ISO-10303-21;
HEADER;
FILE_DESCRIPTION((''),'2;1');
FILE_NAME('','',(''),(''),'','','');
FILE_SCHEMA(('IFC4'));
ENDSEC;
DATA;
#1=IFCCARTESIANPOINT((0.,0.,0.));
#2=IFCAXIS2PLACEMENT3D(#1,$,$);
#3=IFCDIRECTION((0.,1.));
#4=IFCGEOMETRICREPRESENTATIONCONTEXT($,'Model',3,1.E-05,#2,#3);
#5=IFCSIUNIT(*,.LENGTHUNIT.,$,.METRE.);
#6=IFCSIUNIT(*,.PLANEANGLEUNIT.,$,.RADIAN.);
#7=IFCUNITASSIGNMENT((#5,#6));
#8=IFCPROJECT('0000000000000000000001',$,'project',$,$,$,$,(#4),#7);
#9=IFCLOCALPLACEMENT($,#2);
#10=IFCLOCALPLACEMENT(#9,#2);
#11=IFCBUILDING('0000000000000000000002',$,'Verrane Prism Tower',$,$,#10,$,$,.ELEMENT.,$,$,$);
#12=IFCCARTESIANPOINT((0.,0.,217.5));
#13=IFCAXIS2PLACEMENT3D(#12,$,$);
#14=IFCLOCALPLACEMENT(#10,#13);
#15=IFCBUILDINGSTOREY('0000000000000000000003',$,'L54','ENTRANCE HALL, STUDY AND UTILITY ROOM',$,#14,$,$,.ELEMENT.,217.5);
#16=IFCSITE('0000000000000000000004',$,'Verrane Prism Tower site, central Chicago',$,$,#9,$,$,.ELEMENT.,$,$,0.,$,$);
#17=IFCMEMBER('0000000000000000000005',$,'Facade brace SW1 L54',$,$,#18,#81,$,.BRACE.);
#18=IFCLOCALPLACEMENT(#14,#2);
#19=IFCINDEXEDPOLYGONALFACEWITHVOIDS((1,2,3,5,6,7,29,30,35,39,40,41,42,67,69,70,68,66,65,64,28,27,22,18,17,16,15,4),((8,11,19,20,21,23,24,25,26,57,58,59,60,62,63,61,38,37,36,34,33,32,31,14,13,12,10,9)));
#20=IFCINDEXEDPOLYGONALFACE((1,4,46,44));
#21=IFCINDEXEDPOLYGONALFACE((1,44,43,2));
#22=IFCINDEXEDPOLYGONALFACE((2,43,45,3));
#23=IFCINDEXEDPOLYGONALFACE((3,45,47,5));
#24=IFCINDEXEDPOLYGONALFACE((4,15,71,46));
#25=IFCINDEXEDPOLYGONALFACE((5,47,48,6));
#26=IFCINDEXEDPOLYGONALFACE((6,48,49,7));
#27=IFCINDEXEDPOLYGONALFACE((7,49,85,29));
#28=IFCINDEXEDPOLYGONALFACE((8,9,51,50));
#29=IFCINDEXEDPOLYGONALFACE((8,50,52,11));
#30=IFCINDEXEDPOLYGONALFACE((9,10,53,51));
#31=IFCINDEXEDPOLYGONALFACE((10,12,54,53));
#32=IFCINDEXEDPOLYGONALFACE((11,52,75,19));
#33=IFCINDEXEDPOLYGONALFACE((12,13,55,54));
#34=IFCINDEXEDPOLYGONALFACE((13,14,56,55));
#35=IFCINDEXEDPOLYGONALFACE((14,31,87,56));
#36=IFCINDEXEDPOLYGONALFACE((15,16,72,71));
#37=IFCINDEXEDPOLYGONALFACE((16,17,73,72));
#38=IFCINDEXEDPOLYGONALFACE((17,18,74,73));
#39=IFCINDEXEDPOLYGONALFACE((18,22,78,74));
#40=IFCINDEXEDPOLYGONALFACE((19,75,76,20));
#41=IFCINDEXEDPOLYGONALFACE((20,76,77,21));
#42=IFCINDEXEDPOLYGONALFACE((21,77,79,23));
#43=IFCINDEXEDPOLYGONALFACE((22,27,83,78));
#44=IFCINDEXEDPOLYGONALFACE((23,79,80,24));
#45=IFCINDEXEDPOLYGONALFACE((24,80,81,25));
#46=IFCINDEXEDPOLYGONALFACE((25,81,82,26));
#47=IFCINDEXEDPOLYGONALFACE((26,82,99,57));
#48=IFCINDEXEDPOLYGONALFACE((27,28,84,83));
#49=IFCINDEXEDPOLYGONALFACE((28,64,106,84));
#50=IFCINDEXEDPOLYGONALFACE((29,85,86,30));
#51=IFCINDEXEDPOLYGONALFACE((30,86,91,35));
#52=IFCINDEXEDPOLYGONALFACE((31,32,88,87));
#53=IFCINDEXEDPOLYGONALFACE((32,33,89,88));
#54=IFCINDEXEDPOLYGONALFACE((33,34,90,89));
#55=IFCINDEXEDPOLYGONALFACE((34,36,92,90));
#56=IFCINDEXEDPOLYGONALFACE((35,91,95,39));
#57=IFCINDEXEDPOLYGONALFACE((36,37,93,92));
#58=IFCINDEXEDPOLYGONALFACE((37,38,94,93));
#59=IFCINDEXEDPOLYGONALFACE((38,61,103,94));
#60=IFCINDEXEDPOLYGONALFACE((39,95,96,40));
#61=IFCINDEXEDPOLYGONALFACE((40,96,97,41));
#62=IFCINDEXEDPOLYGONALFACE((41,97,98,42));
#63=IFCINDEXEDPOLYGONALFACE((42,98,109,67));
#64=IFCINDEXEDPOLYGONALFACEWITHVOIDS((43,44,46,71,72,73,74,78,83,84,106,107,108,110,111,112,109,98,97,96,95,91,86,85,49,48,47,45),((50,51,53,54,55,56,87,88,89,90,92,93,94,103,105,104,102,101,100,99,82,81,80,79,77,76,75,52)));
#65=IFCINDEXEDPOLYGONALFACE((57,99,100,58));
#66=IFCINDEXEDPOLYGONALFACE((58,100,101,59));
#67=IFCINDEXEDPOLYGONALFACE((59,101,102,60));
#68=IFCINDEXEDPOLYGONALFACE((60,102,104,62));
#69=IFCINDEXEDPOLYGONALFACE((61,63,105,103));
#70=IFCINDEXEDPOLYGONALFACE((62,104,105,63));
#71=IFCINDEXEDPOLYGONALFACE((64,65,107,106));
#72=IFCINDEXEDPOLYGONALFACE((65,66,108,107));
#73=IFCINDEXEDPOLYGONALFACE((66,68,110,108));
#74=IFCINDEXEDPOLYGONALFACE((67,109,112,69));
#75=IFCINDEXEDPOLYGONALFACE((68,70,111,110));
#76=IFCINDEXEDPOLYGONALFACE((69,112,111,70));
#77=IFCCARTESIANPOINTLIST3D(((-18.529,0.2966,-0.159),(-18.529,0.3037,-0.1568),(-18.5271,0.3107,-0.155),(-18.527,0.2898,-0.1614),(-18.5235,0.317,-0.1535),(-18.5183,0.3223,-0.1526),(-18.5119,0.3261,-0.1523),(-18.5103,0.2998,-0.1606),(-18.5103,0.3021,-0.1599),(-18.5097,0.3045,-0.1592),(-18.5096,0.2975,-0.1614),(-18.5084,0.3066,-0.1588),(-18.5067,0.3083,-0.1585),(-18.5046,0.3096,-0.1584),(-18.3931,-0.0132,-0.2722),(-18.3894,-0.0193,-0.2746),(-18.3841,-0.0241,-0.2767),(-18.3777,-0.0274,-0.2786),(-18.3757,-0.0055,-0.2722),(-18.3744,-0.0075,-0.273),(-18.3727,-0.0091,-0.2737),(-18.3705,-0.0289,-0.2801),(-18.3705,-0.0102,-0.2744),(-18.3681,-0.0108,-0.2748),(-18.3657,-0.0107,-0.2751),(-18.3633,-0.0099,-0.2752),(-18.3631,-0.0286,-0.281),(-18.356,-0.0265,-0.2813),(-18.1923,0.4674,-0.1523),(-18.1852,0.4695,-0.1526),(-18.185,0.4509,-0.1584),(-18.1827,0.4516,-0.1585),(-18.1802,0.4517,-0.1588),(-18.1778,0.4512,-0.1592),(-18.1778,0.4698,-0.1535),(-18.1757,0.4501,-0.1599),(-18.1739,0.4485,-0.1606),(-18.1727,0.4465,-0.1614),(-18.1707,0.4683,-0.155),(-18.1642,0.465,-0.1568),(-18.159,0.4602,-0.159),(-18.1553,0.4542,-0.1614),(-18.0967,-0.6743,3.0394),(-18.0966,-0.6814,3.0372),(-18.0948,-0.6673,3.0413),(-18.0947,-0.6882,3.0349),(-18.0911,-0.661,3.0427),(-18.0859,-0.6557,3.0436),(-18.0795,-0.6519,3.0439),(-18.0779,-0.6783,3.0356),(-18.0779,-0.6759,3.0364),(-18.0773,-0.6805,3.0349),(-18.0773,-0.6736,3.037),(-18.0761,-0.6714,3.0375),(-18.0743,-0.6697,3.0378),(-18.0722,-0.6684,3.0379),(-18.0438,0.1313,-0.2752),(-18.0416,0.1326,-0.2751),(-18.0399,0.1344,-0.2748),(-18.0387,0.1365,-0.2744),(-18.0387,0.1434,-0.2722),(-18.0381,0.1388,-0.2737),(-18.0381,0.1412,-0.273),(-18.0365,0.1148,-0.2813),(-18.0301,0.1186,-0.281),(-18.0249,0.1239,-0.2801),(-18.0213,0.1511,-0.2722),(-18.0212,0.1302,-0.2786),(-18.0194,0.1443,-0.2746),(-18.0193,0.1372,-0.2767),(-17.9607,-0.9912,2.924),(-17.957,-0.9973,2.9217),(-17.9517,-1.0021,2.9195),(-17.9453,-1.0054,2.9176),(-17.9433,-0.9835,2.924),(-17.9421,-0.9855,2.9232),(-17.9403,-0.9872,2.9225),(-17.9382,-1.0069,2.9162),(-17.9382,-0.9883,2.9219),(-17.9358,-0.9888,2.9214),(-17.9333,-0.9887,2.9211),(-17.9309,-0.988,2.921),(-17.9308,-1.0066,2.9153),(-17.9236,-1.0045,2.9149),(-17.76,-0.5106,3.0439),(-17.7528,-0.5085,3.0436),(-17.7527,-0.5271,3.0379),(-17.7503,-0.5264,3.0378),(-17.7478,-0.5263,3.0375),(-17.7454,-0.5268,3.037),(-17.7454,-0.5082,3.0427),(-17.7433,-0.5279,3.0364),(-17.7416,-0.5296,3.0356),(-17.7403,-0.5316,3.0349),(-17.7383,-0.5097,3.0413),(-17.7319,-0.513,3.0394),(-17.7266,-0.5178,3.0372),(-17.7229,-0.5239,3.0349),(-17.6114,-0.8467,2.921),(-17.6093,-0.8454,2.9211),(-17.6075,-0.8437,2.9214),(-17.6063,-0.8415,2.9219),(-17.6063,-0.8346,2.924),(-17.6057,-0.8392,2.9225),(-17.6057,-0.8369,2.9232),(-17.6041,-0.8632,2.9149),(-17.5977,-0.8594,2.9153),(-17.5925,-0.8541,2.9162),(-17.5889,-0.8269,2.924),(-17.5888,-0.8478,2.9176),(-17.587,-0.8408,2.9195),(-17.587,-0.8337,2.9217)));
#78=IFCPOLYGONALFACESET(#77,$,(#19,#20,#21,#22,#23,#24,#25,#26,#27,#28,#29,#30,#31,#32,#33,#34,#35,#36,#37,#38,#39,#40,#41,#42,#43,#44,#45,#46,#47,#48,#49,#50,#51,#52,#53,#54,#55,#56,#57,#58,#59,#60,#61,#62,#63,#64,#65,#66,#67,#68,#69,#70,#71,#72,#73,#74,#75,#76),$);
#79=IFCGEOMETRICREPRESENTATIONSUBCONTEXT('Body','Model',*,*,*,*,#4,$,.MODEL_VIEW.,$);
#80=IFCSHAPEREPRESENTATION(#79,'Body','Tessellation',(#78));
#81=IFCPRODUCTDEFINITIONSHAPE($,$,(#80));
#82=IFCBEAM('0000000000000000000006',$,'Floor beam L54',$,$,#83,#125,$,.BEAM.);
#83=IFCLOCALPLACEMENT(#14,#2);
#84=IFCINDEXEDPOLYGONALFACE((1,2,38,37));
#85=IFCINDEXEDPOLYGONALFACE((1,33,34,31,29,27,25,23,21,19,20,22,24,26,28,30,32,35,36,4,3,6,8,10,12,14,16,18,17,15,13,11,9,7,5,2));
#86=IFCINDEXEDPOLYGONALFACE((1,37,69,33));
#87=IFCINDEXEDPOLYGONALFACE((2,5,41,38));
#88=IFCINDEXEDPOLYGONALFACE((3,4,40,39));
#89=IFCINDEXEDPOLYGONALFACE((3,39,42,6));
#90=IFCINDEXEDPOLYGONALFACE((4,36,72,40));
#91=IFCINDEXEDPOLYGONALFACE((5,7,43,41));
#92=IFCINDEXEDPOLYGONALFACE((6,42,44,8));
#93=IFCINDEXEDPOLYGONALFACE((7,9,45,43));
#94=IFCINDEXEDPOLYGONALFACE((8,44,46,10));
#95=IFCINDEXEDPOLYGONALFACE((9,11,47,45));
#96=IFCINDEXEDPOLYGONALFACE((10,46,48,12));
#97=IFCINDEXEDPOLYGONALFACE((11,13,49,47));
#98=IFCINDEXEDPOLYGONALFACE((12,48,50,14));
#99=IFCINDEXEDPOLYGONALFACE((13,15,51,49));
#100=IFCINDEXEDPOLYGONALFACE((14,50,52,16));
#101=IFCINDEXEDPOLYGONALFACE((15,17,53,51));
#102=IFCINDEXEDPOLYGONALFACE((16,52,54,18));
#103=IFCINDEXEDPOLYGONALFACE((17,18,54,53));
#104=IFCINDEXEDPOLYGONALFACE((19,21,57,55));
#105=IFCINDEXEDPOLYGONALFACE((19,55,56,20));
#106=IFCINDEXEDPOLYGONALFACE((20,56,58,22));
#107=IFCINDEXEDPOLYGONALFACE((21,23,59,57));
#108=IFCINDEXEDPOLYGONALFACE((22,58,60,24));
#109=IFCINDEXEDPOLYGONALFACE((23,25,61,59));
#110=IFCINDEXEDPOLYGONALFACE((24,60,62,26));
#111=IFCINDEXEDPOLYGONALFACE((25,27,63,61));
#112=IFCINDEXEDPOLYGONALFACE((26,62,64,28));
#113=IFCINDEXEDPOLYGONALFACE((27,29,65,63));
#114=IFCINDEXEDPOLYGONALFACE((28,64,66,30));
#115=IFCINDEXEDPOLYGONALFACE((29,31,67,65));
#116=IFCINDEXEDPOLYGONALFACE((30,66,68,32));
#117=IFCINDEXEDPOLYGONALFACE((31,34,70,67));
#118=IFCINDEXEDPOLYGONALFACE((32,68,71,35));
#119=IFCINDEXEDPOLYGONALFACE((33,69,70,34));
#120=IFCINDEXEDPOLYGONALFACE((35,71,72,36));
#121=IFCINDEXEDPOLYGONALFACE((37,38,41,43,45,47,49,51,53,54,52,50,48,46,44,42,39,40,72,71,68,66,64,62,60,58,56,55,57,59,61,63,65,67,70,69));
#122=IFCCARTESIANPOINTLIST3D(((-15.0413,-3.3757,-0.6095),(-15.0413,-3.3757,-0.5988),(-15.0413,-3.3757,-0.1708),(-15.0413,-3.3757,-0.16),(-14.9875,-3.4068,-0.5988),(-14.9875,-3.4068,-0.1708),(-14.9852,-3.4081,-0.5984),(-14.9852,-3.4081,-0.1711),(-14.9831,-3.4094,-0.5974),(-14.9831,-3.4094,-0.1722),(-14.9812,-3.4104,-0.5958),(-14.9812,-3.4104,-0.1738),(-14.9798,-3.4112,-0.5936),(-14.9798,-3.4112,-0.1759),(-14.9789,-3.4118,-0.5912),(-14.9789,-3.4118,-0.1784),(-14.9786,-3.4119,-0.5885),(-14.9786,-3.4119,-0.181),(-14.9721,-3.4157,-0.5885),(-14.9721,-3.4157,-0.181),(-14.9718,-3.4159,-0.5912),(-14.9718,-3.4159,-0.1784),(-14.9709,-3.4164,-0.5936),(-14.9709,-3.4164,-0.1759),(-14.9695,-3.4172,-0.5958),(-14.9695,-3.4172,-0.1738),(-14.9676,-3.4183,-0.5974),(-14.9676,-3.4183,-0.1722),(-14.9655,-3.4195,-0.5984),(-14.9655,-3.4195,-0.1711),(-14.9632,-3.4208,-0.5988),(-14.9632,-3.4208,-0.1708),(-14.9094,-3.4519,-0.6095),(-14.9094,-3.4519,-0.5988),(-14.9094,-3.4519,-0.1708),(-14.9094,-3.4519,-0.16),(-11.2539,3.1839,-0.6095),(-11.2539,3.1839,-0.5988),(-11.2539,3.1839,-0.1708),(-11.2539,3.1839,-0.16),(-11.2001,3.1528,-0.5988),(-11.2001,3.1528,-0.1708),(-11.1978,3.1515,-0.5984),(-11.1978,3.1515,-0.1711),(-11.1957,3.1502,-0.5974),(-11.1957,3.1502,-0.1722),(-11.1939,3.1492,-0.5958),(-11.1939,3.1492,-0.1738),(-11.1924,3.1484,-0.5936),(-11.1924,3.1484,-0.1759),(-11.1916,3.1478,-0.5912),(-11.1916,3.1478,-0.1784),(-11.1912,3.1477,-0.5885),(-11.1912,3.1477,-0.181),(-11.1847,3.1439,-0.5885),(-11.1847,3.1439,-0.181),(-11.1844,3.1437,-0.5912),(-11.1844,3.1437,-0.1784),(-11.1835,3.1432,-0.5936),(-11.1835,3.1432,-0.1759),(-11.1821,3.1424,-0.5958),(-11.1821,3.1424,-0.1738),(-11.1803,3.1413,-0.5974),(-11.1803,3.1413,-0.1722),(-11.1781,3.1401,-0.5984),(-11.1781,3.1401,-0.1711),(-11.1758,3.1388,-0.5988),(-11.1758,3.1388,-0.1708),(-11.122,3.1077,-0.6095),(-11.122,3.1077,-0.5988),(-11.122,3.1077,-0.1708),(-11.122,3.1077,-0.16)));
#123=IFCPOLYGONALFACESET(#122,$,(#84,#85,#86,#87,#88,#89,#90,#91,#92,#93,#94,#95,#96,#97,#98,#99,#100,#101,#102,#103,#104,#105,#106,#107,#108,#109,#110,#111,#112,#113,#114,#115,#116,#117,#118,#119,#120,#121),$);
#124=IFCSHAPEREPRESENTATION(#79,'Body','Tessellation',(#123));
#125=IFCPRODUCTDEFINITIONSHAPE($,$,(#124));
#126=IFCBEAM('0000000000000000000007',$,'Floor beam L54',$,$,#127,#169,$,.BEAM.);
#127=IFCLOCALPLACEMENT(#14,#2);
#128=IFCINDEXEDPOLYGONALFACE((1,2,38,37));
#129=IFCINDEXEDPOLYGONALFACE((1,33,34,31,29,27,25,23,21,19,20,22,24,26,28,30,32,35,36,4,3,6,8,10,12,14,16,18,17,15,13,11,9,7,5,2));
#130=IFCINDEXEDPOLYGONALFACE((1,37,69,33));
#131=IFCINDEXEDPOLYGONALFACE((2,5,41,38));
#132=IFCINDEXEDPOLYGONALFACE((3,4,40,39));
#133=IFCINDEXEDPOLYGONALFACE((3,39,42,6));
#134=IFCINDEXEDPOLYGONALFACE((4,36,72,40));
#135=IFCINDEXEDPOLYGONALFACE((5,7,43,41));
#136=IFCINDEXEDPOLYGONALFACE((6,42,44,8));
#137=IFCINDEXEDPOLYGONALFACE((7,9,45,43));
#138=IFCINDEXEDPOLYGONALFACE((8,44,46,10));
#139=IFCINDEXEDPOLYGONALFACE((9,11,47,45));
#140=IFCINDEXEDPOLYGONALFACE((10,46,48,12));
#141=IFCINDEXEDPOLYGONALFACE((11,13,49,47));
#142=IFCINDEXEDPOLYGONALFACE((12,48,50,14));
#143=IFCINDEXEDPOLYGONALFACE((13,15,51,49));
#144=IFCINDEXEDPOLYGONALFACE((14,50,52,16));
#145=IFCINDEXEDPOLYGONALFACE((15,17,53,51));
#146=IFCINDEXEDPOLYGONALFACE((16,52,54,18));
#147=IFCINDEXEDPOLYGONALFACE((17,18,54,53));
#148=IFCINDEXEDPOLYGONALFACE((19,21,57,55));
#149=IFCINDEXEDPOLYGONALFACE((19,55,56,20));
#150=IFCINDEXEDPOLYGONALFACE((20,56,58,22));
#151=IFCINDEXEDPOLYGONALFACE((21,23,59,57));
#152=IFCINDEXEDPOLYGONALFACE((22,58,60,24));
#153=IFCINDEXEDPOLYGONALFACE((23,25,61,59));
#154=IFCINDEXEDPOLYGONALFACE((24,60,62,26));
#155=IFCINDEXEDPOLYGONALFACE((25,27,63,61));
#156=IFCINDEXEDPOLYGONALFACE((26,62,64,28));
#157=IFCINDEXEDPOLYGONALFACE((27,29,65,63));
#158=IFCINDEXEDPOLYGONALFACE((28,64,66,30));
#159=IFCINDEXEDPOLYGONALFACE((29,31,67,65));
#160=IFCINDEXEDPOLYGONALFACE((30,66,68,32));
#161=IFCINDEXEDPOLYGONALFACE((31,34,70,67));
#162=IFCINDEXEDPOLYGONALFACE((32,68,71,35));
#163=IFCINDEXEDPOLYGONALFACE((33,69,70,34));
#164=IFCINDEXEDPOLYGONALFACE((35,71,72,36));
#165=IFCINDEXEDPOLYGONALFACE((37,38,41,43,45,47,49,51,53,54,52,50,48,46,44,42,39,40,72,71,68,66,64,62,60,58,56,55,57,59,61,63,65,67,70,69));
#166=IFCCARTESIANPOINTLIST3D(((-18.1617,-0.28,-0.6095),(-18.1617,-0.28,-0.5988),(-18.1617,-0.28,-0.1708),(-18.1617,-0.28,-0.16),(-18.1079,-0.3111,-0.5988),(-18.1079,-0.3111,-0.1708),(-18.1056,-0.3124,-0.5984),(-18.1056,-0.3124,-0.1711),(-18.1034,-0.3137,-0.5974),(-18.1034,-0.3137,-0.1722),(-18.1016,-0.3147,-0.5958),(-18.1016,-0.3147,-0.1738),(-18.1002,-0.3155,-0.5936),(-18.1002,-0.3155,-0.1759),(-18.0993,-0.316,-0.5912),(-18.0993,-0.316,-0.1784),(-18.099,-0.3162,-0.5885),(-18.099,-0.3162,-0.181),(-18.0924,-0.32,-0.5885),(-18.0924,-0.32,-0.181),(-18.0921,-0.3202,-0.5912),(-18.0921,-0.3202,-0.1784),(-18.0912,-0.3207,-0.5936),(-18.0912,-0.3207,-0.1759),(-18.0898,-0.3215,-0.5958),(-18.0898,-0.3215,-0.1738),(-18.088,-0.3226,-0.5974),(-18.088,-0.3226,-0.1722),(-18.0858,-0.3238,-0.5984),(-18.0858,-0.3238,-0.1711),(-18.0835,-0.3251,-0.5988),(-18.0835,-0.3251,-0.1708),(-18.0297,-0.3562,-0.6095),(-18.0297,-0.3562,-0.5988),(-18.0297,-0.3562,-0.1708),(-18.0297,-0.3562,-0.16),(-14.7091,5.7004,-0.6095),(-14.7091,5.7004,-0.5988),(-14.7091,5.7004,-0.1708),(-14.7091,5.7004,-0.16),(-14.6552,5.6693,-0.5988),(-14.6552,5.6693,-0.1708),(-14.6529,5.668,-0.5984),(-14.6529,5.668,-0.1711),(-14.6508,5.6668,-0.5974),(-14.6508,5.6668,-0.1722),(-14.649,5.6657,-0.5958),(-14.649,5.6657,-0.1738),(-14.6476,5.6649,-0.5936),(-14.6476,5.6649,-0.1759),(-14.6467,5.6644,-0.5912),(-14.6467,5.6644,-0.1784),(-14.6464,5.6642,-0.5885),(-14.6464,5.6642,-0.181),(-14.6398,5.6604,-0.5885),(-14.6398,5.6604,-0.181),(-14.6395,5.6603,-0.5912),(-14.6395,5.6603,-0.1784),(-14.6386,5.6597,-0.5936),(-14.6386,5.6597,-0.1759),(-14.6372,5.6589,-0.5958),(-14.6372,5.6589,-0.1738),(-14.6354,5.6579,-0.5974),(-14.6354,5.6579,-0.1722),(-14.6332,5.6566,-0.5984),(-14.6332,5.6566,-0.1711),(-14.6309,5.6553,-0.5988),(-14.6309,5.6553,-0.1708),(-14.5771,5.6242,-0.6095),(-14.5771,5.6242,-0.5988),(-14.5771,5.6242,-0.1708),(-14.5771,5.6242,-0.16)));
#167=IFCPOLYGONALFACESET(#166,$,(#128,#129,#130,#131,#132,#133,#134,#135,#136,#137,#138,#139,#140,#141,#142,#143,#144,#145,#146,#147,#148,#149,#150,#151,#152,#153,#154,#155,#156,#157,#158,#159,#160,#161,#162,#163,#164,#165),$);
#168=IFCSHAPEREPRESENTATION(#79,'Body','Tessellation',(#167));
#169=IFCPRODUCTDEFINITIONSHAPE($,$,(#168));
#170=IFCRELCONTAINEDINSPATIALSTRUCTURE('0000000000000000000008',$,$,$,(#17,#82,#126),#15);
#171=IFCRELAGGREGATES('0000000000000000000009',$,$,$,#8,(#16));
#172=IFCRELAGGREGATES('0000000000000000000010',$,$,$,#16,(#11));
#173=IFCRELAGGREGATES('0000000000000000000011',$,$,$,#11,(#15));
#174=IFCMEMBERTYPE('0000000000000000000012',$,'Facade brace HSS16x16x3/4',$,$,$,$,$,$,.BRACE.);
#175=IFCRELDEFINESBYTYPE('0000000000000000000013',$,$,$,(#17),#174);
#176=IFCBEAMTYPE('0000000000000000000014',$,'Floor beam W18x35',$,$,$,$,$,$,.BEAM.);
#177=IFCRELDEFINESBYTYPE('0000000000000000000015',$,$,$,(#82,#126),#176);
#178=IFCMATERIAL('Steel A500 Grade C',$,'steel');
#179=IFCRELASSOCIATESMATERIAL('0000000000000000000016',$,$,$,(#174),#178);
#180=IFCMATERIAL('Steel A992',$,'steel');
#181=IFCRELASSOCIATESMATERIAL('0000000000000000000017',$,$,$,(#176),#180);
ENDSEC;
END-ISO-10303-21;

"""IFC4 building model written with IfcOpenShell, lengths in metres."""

from ifc_helpers import new_model, si_unit, direction, frame, origin, origin_2d, place, context, subcontext, project, spatial, hollow_rectangle, i_section, extrude, material, material_profile, profile_set, type_object, element, save


model = new_model("IFC4")

# Units and contexts
model_context = context("Model", 3, precision=1e-05, world=origin(), true_north=direction((0.0, 1.0)))
body_context = subcontext(model_context, "Body", "Model", "MODEL_VIEW")
ifc_project = project(units=[si_unit("LENGTHUNIT", "METRE"), si_unit("PLANEANGLEUNIT", "RADIAN")], contexts=[model_context])

# Site, building, storey
site_placement = place(None, origin())
site = spatial("IfcSite", under=ifc_project, at=site_placement, Name="Verrane Prism Tower site, central Chicago", CompositionType="ELEMENT", RefElevation=0.0)
building_placement = place(site_placement, origin())
building = spatial("IfcBuilding", under=site, at=building_placement, Name="Verrane Prism Tower", CompositionType="ELEMENT")
storey_placement = place(building_placement, frame((0.0, 0.0, 217.5)))
storey = spatial("IfcBuildingStorey", under=building, at=storey_placement, Name="L54", Description="ENTRANCE HALL, STUDY AND UTILITY ROOM", CompositionType="ELEMENT", Elevation=217.5)

# Member
ifc_material_1 = material(Name="Steel A500 Grade C", Category="steel")
ifc_material_profile_1 = material_profile(ifc_material_1, hollow_rectangle(XDim=0.4065, YDim=0.4065, WallThickness=0.019, InnerFilletRadius=0.0095, OuterFilletRadius=0.0286, at=origin_2d()), Name="HSS16x16x3/4")
ifc_profile_set_1 = profile_set([ifc_material_profile_1], Name="Steel A500 Grade C")
member_type_1 = type_object("IfcMemberType", Name="Facade brace HSS16x16x3/4", PredefinedType="BRACE", material=ifc_profile_set_1)
member_1_placement = place(storey_placement, frame((-18.2742, 0.2205, -0.2168), z_axis=(0.128285, -0.290179, 0.948335), x_axis=(0.91461, 0.404337, 0.0)))
element("IfcMember", 1, at=member_1_placement, inside=storey, type_object=member_type_1, Name="Facade brace SW1 L54", PredefinedType="BRACE", context=body_context, shape_type="SweptSolid", body=[
    extrude(hollow_rectangle(XDim=0.4065, YDim=0.4065, WallThickness=0.019, InnerFilletRadius=0.0095, OuterFilletRadius=0.0286, at=origin_2d()), origin(), (0.0, 0.0, 1.0), 3.3704),
])

# Beams
ifc_material_2 = material(Name="Steel A992", Category="steel")
ifc_material_profile_2 = material_profile(ifc_material_2, i_section(OverallWidth=0.1523, OverallDepth=0.4495, WebThickness=0.0076, FlangeThickness=0.0107, FilletRadius=0.0103, at=origin_2d()), Name="W18x35")
ifc_profile_set_2 = profile_set([ifc_material_profile_2], Name="Steel A992")
beam_type_1 = type_object("IfcBeamType", Name="Floor beam W18x35", PredefinedType="BEAM", material=ifc_profile_set_2)
beam_1_placement = place(storey_placement, frame((-14.9753, -3.4138, -0.3848), z_axis=(0.500018, 0.866015, 0.0), x_axis=(-0.866015, 0.500018, 0.0)))
element("IfcBeam", 2, at=beam_1_placement, inside=storey, type_object=beam_type_1, Name="Floor beam L54", PredefinedType="BEAM", context=body_context, shape_type="SweptSolid", body=[
    extrude(i_section(OverallWidth=0.1523, OverallDepth=0.4495, WebThickness=0.0076, FlangeThickness=0.0107, FilletRadius=0.0103, at=origin_2d()), origin(), (0.0, 0.0, 1.0), 7.5745),
])
beam_2_placement = place(storey_placement, frame((-18.0957, -0.3181, -0.3848), z_axis=(0.49998, 0.866037, 0.0), x_axis=(-0.866037, 0.49998, 0.0)))
element("IfcBeam", 3, at=beam_2_placement, inside=storey, type_object=beam_type_1, Name="Floor beam L54", PredefinedType="BEAM", context=body_context, shape_type="SweptSolid", body=[
    extrude(i_section(OverallWidth=0.1523, OverallDepth=0.4495, WebThickness=0.0076, FlangeThickness=0.0107, FilletRadius=0.0103, at=origin_2d()), origin(), (0.0, 0.0, 1.0), 6.9055),
])

save(model, "model.ifc")
